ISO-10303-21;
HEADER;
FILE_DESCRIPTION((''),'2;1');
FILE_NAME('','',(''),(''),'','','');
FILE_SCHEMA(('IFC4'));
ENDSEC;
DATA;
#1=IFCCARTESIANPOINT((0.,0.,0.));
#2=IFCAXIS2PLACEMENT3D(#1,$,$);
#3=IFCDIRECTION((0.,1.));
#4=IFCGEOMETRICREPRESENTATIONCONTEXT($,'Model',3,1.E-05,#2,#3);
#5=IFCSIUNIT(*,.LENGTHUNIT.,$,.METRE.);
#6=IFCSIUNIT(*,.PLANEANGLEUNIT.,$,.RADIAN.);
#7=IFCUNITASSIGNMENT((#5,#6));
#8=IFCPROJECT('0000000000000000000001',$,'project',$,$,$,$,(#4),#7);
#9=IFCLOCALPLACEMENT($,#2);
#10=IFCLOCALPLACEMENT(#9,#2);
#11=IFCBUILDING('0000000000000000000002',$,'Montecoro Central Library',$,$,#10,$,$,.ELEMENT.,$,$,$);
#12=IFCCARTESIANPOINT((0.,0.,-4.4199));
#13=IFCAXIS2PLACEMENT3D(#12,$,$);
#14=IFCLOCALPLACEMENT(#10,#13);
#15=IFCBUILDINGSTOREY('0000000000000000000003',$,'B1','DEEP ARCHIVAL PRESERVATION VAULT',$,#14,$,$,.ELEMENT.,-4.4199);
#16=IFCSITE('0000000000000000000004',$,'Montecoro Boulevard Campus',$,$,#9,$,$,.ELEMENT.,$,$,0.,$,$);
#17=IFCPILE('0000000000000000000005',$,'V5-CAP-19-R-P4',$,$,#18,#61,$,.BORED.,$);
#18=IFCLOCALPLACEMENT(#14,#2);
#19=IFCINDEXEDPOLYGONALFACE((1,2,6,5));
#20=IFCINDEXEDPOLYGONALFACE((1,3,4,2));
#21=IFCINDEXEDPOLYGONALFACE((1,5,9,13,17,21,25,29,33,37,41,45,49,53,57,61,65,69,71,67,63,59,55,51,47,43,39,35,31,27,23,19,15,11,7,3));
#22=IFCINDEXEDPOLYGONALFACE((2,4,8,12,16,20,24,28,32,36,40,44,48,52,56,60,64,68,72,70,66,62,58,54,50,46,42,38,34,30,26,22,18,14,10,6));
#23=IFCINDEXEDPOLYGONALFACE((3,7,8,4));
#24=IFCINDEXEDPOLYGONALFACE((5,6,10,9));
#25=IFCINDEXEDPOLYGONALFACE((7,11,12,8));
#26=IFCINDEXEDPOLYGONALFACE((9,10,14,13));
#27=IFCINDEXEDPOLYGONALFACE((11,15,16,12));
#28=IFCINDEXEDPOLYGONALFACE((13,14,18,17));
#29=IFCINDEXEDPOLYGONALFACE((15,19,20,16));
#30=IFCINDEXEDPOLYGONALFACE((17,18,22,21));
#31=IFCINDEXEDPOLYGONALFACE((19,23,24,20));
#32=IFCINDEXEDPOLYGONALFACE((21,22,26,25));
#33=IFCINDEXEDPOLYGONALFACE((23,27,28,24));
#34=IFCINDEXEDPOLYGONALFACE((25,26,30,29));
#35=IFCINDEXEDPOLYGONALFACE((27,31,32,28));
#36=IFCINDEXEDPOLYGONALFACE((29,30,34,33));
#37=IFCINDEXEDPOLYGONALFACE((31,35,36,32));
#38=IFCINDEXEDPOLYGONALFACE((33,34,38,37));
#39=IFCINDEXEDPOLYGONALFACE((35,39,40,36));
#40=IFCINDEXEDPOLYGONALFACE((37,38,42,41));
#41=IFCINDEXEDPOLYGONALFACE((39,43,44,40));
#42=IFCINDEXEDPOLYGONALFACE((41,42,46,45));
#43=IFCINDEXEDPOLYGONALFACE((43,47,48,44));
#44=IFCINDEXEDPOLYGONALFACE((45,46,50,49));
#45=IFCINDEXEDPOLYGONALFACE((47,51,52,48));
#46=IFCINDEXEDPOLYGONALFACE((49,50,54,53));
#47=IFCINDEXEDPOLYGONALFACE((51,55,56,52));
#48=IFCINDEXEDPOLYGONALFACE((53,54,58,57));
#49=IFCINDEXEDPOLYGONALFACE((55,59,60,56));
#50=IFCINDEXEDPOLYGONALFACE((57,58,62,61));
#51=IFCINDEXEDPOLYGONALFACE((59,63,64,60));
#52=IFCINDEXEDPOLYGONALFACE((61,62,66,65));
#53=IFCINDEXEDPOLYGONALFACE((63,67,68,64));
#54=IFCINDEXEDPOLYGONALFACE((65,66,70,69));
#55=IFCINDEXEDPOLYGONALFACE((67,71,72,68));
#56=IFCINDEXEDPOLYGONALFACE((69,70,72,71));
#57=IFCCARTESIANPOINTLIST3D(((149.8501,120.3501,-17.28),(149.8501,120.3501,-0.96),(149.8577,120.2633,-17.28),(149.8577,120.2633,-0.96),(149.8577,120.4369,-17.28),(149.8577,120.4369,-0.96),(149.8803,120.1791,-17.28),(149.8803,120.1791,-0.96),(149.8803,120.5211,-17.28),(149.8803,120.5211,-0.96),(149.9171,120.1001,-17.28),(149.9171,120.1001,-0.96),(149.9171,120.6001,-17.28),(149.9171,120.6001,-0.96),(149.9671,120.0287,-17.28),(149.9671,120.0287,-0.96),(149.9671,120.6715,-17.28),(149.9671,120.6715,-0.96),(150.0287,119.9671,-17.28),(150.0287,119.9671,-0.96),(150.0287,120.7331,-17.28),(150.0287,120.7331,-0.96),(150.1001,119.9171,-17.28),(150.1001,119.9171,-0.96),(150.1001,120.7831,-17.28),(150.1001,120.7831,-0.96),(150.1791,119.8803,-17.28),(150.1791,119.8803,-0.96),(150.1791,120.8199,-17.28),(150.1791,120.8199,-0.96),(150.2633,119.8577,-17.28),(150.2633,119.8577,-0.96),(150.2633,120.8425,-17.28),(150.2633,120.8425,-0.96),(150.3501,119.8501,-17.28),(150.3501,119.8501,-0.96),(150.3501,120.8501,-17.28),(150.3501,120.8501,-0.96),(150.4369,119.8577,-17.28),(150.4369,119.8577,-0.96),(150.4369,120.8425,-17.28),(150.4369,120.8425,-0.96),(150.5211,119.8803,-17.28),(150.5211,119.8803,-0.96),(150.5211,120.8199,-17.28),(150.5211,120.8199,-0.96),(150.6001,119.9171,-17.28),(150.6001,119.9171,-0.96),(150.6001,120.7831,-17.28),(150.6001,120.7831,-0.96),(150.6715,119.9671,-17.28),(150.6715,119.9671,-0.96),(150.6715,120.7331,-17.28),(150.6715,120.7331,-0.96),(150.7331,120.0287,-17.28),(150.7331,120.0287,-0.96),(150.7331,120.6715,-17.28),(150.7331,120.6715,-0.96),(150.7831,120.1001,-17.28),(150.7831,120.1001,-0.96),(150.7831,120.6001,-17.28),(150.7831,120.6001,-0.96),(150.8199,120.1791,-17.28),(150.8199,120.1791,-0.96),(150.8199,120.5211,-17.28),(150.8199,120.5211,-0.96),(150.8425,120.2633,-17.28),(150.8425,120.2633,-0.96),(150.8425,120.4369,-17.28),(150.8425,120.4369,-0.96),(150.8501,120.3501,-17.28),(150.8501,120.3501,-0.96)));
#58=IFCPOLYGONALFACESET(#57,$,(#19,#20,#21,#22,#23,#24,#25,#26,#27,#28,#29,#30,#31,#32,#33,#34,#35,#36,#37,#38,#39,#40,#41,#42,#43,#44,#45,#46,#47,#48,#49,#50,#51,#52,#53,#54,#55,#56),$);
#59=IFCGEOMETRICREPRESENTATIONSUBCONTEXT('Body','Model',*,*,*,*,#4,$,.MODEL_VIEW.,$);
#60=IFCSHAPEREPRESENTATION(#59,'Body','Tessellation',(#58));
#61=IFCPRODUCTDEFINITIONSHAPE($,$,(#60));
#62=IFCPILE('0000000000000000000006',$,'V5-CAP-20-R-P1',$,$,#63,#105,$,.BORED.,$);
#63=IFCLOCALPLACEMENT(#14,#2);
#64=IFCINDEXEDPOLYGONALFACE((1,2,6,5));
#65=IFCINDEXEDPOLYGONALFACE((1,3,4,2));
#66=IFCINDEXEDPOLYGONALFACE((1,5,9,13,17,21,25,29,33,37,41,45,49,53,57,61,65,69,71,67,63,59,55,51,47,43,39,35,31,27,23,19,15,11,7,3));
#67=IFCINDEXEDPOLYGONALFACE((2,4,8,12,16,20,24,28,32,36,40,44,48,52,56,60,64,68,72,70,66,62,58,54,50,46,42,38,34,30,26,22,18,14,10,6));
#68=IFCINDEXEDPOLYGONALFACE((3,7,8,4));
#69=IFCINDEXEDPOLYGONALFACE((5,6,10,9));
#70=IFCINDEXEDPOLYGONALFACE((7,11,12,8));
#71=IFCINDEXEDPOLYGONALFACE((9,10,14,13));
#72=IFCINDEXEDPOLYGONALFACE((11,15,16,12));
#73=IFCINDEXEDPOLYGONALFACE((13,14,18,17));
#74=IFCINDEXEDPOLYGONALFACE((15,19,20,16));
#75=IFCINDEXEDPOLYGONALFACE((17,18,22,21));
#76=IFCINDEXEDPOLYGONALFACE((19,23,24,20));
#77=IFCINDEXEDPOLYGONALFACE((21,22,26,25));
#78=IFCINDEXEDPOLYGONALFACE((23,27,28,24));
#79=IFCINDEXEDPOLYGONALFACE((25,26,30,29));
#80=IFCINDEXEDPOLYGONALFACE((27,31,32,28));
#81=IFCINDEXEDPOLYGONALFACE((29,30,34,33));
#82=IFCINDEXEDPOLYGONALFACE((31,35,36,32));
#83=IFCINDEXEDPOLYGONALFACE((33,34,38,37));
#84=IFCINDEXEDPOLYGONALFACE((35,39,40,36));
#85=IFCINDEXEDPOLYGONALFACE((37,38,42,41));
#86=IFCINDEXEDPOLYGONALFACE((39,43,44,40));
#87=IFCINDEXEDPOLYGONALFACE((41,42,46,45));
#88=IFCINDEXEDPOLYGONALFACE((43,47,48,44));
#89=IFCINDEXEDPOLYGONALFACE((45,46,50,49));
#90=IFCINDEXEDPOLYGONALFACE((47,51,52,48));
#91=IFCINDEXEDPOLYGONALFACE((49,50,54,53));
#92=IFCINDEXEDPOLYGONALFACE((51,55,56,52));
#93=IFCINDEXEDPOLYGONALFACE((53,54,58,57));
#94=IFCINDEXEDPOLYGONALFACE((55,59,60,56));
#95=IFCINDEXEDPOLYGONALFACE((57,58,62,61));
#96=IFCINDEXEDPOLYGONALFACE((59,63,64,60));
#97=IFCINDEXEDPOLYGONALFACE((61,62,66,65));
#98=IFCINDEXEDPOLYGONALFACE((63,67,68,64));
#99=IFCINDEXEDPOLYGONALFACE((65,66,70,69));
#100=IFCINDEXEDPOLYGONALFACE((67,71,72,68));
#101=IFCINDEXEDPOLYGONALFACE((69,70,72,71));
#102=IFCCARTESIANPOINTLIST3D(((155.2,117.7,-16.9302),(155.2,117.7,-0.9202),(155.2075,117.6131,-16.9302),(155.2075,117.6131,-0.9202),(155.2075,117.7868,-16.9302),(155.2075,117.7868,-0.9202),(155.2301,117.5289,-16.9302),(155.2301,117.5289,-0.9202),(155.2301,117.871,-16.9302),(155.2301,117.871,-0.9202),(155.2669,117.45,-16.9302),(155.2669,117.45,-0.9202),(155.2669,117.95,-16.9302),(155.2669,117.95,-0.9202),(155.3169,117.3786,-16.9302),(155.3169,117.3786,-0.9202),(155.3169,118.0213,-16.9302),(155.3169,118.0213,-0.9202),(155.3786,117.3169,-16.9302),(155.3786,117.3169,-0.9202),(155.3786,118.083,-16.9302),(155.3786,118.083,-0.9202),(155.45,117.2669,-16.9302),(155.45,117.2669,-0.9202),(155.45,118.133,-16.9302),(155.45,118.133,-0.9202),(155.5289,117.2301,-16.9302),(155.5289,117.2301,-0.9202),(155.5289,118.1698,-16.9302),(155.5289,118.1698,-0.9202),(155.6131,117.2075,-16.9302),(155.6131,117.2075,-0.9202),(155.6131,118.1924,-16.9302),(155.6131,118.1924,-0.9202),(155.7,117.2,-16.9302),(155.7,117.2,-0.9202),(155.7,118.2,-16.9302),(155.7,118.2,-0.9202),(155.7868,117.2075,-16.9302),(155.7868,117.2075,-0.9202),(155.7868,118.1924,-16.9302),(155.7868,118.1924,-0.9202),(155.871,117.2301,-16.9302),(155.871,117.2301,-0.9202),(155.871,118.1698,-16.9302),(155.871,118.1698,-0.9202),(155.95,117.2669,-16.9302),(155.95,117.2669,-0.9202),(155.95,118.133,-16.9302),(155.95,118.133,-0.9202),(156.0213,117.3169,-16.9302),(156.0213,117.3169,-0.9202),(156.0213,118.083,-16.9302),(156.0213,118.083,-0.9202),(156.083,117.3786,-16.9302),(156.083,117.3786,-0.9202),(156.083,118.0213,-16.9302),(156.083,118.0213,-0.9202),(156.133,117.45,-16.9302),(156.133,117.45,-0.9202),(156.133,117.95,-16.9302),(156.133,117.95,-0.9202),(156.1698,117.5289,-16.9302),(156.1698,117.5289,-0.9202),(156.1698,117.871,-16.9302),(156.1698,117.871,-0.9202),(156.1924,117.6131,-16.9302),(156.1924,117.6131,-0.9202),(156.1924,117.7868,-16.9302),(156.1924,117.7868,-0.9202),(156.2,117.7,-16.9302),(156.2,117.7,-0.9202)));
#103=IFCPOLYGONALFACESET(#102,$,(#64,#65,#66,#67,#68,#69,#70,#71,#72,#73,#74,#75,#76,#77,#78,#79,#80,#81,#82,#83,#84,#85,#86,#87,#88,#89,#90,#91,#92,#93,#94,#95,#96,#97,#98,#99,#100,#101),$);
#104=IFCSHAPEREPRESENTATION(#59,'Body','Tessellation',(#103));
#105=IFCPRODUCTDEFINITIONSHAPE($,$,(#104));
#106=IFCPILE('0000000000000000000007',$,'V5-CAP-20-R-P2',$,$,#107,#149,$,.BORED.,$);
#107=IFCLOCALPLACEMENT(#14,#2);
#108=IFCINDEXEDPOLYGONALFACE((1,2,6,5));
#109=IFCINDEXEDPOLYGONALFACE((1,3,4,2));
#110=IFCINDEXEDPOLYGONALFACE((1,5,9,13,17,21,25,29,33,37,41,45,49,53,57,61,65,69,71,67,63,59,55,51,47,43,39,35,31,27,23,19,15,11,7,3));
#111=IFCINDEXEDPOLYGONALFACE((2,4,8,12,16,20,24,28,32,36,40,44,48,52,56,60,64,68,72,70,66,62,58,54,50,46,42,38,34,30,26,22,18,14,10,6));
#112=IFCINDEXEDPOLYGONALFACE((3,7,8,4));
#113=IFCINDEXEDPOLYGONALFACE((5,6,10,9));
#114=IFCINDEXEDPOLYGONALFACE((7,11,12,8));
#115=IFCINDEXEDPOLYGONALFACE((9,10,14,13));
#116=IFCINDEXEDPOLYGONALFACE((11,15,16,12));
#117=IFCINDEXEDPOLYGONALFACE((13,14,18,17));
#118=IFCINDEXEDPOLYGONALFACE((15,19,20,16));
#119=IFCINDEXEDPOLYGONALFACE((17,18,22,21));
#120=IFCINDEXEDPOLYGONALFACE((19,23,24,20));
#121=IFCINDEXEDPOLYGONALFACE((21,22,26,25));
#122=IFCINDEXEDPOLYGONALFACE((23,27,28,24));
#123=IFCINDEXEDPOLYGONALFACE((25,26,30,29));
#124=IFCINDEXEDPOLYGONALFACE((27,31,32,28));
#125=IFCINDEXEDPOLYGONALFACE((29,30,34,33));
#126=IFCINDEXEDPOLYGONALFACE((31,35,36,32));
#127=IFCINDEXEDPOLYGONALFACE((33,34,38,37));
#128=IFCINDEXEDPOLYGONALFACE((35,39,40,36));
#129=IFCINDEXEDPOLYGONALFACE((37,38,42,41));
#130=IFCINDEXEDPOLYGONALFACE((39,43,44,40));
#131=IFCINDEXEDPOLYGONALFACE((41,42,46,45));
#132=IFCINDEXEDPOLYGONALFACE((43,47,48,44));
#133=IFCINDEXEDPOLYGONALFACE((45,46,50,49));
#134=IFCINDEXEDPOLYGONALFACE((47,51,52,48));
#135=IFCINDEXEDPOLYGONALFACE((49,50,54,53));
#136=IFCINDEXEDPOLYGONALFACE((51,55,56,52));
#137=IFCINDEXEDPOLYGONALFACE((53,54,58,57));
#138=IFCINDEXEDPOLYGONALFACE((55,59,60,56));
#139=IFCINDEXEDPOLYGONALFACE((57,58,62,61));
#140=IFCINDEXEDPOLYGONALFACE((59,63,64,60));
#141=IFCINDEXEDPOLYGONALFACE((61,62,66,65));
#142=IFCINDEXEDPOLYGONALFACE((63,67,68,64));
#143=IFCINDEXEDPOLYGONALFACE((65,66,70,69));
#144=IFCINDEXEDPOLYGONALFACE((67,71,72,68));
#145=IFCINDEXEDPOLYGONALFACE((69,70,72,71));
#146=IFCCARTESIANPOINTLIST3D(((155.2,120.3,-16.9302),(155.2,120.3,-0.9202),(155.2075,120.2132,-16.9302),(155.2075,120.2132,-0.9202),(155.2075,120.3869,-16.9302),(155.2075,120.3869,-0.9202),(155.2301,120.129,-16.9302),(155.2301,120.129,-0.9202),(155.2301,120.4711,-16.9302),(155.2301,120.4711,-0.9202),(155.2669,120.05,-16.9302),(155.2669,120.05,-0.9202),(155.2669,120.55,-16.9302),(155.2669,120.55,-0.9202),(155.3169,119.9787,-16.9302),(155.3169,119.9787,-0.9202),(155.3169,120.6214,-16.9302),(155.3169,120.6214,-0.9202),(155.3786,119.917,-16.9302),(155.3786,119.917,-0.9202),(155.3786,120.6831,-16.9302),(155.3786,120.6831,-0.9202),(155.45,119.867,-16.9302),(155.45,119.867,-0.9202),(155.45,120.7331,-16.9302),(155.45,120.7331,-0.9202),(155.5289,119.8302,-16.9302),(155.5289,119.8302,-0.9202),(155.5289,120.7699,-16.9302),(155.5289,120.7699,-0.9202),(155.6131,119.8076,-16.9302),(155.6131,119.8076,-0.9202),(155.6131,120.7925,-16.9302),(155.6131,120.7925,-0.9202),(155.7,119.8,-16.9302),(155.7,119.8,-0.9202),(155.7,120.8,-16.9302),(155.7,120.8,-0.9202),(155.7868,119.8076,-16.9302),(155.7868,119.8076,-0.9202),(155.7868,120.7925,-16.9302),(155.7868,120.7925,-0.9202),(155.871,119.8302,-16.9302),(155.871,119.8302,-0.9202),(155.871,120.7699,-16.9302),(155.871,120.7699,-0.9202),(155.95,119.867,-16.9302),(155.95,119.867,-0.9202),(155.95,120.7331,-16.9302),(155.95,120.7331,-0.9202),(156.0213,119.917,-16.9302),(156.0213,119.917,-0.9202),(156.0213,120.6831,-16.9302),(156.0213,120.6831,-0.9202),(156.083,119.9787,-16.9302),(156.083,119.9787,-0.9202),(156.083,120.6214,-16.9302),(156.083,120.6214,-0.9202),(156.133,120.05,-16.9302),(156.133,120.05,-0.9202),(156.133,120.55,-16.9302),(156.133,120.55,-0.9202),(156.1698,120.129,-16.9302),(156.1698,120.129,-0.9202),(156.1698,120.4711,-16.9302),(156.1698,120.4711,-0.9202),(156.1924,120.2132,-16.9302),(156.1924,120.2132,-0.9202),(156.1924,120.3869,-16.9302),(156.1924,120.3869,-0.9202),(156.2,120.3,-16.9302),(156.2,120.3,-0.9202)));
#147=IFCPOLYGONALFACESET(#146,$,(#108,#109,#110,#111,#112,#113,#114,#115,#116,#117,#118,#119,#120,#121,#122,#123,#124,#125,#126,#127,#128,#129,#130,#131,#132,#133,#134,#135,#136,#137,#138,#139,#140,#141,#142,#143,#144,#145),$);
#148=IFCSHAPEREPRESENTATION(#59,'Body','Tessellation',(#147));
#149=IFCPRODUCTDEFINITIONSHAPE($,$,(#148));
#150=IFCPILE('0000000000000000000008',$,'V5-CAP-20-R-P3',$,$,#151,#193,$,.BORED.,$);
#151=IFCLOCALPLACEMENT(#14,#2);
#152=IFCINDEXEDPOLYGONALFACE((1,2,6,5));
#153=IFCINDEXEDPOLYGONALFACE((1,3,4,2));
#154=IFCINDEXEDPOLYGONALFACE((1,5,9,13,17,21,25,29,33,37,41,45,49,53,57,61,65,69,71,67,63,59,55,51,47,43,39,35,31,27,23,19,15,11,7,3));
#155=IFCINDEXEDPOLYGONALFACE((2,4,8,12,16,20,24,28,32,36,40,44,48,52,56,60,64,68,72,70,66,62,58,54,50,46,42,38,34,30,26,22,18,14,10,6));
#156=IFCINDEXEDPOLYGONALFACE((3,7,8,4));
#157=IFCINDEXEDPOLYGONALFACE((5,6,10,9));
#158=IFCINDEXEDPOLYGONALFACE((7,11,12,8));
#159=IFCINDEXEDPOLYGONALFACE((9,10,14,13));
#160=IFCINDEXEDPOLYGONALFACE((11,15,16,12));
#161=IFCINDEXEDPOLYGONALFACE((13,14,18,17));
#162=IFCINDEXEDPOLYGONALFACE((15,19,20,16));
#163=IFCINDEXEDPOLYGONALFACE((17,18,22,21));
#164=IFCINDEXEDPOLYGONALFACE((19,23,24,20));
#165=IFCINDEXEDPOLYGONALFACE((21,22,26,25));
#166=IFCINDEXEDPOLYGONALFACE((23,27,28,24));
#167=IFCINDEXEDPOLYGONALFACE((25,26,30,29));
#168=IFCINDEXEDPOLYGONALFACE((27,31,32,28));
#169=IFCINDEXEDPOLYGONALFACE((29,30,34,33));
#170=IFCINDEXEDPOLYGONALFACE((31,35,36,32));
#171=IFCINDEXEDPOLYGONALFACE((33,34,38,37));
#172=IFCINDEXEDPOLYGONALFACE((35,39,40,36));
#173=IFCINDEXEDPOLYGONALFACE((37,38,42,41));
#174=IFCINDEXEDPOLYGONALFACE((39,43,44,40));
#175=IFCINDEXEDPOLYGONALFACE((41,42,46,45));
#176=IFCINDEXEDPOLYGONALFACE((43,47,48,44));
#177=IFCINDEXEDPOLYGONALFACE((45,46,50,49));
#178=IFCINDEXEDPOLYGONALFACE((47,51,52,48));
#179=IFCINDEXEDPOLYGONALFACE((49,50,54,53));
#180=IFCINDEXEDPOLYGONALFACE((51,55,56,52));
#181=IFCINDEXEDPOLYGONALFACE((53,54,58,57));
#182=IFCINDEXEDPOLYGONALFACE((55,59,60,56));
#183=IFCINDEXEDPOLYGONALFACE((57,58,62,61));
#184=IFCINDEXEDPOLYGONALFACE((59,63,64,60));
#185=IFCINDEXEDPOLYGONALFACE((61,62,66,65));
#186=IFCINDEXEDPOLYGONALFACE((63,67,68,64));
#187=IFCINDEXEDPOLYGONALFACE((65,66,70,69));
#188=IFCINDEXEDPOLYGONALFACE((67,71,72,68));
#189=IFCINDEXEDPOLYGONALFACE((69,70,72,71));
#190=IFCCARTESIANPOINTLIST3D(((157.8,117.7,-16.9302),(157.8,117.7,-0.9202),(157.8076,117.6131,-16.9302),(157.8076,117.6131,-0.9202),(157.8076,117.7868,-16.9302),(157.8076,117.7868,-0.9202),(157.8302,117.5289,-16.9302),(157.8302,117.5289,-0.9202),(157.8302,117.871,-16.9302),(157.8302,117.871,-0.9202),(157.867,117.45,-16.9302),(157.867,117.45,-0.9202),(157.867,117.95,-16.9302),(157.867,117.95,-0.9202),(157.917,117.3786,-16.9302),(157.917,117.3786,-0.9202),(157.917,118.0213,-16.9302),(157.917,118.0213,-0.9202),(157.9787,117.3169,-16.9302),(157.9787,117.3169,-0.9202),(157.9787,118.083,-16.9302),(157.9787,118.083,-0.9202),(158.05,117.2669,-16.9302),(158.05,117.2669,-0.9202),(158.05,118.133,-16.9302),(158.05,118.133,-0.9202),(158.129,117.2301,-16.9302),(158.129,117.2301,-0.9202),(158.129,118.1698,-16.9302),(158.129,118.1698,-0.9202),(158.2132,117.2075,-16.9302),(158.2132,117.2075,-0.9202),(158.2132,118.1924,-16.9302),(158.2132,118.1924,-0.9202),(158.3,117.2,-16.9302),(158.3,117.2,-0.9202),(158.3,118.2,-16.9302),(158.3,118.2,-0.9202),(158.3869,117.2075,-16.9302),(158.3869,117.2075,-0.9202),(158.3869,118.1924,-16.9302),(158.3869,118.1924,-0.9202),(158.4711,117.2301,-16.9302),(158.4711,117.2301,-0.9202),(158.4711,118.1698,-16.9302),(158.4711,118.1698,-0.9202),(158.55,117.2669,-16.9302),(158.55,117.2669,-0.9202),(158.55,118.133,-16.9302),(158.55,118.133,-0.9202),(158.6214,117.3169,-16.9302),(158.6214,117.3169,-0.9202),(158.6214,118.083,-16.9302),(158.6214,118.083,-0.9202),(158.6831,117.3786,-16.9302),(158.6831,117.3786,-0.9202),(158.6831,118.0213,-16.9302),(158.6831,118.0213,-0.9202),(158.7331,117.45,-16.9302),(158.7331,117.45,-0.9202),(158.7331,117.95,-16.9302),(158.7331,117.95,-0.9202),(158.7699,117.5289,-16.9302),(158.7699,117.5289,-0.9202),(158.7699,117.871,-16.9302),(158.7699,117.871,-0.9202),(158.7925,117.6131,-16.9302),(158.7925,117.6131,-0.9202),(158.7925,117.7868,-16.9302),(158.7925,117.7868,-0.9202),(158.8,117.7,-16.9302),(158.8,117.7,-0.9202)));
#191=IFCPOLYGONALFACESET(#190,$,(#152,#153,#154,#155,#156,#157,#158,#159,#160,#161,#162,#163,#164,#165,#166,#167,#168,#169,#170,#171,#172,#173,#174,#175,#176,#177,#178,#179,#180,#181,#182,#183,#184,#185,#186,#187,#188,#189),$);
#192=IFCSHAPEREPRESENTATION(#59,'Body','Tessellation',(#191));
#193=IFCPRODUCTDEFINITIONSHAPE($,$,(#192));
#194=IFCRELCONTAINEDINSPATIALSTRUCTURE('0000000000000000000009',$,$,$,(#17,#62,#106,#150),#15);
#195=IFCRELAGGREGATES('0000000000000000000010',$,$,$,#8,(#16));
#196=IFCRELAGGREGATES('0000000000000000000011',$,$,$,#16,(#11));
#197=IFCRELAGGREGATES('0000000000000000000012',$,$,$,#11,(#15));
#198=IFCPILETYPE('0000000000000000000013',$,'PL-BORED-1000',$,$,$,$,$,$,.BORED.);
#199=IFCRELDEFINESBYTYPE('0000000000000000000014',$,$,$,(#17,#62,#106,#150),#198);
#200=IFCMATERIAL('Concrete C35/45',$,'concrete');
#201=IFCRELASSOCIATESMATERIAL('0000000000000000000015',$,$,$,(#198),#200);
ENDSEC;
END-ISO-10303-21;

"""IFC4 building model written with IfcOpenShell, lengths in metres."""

from ifc_helpers import new_model, si_unit, direction, frame, origin, origin_2d, place, context, subcontext, project, spatial, circle, extrude, material, material_profile, profile_set, type_object, element, save


model = new_model("IFC4")

# Units and contexts
model_context = context("Model", 3, precision=1e-05, world=origin(), true_north=direction((0.0, 1.0)))
body_context = subcontext(model_context, "Body", "Model", "MODEL_VIEW")
ifc_project = project(units=[si_unit("LENGTHUNIT", "METRE"), si_unit("PLANEANGLEUNIT", "RADIAN")], contexts=[model_context])

# Site, building, storey
site_placement = place(None, origin())
site = spatial("IfcSite", under=ifc_project, at=site_placement, Name="Montecoro Boulevard Campus", CompositionType="ELEMENT", RefElevation=0.0)
building_placement = place(site_placement, origin())
building = spatial("IfcBuilding", under=site, at=building_placement, Name="Montecoro Central Library", CompositionType="ELEMENT")
storey_placement = place(building_placement, frame((0.0, 0.0, -4.4199)))
storey = spatial("IfcBuildingStorey", under=building, at=storey_placement, Name="B1", Description="DEEP ARCHIVAL PRESERVATION VAULT", CompositionType="ELEMENT", Elevation=-4.4199)

# Shared definitions
ifc_material_1 = material(Name="Concrete C35/45", Category="concrete")

# Piles
ifc_material_profile_1 = material_profile(ifc_material_1, circle(Radius=0.5, at=origin_2d()), Name="PILE D1000")
ifc_profile_set_1 = profile_set([ifc_material_profile_1], Name="Concrete C35/45")
pile_type_1 = type_object("IfcPileType", Name="PL-BORED-1000", PredefinedType="BORED", material=ifc_profile_set_1)
for number, where, z_axis, x_axis, name in (
    (1, (150.3501, 120.3501, -0.96), (0.0, 0.0, -1.0), (1.0, 0.0, 0.0), "V5-CAP-19-R-P4"),
):
    element("IfcPile", number, at=place(storey_placement, frame(where, z_axis=z_axis, x_axis=x_axis)), inside=storey, type_object=pile_type_1, Name=name, PredefinedType="BORED", context=body_context, shape_type="SweptSolid", body=[
        extrude(circle(Radius=0.5, at=origin_2d()), origin(), (0.0, 0.0, 1.0), 16.3201),
    ])
for number, where, z_axis, x_axis, name in (
    (2, (155.7, 117.7, -0.9202), (0.0, 0.0, -1.0), (1.0, 0.0, 0.0), "V5-CAP-20-R-P1"),
    (3, (155.7, 120.3, -0.9202), (0.0, 0.0, -1.0), (1.0, 0.0, 0.0), "V5-CAP-20-R-P2"),
    (4, (158.3, 117.7, -0.9202), (0.0, 0.0, -1.0), (1.0, 0.0, 0.0), "V5-CAP-20-R-P3"),
):
    element("IfcPile", number, at=place(storey_placement, frame(where, z_axis=z_axis, x_axis=x_axis)), inside=storey, type_object=pile_type_1, Name=name, PredefinedType="BORED", context=body_context, shape_type="SweptSolid", body=[
        extrude(circle(Radius=0.5, at=origin_2d()), origin(), (0.0, 0.0, 1.0), 16.01),
    ])

save(model, "model.ifc")
